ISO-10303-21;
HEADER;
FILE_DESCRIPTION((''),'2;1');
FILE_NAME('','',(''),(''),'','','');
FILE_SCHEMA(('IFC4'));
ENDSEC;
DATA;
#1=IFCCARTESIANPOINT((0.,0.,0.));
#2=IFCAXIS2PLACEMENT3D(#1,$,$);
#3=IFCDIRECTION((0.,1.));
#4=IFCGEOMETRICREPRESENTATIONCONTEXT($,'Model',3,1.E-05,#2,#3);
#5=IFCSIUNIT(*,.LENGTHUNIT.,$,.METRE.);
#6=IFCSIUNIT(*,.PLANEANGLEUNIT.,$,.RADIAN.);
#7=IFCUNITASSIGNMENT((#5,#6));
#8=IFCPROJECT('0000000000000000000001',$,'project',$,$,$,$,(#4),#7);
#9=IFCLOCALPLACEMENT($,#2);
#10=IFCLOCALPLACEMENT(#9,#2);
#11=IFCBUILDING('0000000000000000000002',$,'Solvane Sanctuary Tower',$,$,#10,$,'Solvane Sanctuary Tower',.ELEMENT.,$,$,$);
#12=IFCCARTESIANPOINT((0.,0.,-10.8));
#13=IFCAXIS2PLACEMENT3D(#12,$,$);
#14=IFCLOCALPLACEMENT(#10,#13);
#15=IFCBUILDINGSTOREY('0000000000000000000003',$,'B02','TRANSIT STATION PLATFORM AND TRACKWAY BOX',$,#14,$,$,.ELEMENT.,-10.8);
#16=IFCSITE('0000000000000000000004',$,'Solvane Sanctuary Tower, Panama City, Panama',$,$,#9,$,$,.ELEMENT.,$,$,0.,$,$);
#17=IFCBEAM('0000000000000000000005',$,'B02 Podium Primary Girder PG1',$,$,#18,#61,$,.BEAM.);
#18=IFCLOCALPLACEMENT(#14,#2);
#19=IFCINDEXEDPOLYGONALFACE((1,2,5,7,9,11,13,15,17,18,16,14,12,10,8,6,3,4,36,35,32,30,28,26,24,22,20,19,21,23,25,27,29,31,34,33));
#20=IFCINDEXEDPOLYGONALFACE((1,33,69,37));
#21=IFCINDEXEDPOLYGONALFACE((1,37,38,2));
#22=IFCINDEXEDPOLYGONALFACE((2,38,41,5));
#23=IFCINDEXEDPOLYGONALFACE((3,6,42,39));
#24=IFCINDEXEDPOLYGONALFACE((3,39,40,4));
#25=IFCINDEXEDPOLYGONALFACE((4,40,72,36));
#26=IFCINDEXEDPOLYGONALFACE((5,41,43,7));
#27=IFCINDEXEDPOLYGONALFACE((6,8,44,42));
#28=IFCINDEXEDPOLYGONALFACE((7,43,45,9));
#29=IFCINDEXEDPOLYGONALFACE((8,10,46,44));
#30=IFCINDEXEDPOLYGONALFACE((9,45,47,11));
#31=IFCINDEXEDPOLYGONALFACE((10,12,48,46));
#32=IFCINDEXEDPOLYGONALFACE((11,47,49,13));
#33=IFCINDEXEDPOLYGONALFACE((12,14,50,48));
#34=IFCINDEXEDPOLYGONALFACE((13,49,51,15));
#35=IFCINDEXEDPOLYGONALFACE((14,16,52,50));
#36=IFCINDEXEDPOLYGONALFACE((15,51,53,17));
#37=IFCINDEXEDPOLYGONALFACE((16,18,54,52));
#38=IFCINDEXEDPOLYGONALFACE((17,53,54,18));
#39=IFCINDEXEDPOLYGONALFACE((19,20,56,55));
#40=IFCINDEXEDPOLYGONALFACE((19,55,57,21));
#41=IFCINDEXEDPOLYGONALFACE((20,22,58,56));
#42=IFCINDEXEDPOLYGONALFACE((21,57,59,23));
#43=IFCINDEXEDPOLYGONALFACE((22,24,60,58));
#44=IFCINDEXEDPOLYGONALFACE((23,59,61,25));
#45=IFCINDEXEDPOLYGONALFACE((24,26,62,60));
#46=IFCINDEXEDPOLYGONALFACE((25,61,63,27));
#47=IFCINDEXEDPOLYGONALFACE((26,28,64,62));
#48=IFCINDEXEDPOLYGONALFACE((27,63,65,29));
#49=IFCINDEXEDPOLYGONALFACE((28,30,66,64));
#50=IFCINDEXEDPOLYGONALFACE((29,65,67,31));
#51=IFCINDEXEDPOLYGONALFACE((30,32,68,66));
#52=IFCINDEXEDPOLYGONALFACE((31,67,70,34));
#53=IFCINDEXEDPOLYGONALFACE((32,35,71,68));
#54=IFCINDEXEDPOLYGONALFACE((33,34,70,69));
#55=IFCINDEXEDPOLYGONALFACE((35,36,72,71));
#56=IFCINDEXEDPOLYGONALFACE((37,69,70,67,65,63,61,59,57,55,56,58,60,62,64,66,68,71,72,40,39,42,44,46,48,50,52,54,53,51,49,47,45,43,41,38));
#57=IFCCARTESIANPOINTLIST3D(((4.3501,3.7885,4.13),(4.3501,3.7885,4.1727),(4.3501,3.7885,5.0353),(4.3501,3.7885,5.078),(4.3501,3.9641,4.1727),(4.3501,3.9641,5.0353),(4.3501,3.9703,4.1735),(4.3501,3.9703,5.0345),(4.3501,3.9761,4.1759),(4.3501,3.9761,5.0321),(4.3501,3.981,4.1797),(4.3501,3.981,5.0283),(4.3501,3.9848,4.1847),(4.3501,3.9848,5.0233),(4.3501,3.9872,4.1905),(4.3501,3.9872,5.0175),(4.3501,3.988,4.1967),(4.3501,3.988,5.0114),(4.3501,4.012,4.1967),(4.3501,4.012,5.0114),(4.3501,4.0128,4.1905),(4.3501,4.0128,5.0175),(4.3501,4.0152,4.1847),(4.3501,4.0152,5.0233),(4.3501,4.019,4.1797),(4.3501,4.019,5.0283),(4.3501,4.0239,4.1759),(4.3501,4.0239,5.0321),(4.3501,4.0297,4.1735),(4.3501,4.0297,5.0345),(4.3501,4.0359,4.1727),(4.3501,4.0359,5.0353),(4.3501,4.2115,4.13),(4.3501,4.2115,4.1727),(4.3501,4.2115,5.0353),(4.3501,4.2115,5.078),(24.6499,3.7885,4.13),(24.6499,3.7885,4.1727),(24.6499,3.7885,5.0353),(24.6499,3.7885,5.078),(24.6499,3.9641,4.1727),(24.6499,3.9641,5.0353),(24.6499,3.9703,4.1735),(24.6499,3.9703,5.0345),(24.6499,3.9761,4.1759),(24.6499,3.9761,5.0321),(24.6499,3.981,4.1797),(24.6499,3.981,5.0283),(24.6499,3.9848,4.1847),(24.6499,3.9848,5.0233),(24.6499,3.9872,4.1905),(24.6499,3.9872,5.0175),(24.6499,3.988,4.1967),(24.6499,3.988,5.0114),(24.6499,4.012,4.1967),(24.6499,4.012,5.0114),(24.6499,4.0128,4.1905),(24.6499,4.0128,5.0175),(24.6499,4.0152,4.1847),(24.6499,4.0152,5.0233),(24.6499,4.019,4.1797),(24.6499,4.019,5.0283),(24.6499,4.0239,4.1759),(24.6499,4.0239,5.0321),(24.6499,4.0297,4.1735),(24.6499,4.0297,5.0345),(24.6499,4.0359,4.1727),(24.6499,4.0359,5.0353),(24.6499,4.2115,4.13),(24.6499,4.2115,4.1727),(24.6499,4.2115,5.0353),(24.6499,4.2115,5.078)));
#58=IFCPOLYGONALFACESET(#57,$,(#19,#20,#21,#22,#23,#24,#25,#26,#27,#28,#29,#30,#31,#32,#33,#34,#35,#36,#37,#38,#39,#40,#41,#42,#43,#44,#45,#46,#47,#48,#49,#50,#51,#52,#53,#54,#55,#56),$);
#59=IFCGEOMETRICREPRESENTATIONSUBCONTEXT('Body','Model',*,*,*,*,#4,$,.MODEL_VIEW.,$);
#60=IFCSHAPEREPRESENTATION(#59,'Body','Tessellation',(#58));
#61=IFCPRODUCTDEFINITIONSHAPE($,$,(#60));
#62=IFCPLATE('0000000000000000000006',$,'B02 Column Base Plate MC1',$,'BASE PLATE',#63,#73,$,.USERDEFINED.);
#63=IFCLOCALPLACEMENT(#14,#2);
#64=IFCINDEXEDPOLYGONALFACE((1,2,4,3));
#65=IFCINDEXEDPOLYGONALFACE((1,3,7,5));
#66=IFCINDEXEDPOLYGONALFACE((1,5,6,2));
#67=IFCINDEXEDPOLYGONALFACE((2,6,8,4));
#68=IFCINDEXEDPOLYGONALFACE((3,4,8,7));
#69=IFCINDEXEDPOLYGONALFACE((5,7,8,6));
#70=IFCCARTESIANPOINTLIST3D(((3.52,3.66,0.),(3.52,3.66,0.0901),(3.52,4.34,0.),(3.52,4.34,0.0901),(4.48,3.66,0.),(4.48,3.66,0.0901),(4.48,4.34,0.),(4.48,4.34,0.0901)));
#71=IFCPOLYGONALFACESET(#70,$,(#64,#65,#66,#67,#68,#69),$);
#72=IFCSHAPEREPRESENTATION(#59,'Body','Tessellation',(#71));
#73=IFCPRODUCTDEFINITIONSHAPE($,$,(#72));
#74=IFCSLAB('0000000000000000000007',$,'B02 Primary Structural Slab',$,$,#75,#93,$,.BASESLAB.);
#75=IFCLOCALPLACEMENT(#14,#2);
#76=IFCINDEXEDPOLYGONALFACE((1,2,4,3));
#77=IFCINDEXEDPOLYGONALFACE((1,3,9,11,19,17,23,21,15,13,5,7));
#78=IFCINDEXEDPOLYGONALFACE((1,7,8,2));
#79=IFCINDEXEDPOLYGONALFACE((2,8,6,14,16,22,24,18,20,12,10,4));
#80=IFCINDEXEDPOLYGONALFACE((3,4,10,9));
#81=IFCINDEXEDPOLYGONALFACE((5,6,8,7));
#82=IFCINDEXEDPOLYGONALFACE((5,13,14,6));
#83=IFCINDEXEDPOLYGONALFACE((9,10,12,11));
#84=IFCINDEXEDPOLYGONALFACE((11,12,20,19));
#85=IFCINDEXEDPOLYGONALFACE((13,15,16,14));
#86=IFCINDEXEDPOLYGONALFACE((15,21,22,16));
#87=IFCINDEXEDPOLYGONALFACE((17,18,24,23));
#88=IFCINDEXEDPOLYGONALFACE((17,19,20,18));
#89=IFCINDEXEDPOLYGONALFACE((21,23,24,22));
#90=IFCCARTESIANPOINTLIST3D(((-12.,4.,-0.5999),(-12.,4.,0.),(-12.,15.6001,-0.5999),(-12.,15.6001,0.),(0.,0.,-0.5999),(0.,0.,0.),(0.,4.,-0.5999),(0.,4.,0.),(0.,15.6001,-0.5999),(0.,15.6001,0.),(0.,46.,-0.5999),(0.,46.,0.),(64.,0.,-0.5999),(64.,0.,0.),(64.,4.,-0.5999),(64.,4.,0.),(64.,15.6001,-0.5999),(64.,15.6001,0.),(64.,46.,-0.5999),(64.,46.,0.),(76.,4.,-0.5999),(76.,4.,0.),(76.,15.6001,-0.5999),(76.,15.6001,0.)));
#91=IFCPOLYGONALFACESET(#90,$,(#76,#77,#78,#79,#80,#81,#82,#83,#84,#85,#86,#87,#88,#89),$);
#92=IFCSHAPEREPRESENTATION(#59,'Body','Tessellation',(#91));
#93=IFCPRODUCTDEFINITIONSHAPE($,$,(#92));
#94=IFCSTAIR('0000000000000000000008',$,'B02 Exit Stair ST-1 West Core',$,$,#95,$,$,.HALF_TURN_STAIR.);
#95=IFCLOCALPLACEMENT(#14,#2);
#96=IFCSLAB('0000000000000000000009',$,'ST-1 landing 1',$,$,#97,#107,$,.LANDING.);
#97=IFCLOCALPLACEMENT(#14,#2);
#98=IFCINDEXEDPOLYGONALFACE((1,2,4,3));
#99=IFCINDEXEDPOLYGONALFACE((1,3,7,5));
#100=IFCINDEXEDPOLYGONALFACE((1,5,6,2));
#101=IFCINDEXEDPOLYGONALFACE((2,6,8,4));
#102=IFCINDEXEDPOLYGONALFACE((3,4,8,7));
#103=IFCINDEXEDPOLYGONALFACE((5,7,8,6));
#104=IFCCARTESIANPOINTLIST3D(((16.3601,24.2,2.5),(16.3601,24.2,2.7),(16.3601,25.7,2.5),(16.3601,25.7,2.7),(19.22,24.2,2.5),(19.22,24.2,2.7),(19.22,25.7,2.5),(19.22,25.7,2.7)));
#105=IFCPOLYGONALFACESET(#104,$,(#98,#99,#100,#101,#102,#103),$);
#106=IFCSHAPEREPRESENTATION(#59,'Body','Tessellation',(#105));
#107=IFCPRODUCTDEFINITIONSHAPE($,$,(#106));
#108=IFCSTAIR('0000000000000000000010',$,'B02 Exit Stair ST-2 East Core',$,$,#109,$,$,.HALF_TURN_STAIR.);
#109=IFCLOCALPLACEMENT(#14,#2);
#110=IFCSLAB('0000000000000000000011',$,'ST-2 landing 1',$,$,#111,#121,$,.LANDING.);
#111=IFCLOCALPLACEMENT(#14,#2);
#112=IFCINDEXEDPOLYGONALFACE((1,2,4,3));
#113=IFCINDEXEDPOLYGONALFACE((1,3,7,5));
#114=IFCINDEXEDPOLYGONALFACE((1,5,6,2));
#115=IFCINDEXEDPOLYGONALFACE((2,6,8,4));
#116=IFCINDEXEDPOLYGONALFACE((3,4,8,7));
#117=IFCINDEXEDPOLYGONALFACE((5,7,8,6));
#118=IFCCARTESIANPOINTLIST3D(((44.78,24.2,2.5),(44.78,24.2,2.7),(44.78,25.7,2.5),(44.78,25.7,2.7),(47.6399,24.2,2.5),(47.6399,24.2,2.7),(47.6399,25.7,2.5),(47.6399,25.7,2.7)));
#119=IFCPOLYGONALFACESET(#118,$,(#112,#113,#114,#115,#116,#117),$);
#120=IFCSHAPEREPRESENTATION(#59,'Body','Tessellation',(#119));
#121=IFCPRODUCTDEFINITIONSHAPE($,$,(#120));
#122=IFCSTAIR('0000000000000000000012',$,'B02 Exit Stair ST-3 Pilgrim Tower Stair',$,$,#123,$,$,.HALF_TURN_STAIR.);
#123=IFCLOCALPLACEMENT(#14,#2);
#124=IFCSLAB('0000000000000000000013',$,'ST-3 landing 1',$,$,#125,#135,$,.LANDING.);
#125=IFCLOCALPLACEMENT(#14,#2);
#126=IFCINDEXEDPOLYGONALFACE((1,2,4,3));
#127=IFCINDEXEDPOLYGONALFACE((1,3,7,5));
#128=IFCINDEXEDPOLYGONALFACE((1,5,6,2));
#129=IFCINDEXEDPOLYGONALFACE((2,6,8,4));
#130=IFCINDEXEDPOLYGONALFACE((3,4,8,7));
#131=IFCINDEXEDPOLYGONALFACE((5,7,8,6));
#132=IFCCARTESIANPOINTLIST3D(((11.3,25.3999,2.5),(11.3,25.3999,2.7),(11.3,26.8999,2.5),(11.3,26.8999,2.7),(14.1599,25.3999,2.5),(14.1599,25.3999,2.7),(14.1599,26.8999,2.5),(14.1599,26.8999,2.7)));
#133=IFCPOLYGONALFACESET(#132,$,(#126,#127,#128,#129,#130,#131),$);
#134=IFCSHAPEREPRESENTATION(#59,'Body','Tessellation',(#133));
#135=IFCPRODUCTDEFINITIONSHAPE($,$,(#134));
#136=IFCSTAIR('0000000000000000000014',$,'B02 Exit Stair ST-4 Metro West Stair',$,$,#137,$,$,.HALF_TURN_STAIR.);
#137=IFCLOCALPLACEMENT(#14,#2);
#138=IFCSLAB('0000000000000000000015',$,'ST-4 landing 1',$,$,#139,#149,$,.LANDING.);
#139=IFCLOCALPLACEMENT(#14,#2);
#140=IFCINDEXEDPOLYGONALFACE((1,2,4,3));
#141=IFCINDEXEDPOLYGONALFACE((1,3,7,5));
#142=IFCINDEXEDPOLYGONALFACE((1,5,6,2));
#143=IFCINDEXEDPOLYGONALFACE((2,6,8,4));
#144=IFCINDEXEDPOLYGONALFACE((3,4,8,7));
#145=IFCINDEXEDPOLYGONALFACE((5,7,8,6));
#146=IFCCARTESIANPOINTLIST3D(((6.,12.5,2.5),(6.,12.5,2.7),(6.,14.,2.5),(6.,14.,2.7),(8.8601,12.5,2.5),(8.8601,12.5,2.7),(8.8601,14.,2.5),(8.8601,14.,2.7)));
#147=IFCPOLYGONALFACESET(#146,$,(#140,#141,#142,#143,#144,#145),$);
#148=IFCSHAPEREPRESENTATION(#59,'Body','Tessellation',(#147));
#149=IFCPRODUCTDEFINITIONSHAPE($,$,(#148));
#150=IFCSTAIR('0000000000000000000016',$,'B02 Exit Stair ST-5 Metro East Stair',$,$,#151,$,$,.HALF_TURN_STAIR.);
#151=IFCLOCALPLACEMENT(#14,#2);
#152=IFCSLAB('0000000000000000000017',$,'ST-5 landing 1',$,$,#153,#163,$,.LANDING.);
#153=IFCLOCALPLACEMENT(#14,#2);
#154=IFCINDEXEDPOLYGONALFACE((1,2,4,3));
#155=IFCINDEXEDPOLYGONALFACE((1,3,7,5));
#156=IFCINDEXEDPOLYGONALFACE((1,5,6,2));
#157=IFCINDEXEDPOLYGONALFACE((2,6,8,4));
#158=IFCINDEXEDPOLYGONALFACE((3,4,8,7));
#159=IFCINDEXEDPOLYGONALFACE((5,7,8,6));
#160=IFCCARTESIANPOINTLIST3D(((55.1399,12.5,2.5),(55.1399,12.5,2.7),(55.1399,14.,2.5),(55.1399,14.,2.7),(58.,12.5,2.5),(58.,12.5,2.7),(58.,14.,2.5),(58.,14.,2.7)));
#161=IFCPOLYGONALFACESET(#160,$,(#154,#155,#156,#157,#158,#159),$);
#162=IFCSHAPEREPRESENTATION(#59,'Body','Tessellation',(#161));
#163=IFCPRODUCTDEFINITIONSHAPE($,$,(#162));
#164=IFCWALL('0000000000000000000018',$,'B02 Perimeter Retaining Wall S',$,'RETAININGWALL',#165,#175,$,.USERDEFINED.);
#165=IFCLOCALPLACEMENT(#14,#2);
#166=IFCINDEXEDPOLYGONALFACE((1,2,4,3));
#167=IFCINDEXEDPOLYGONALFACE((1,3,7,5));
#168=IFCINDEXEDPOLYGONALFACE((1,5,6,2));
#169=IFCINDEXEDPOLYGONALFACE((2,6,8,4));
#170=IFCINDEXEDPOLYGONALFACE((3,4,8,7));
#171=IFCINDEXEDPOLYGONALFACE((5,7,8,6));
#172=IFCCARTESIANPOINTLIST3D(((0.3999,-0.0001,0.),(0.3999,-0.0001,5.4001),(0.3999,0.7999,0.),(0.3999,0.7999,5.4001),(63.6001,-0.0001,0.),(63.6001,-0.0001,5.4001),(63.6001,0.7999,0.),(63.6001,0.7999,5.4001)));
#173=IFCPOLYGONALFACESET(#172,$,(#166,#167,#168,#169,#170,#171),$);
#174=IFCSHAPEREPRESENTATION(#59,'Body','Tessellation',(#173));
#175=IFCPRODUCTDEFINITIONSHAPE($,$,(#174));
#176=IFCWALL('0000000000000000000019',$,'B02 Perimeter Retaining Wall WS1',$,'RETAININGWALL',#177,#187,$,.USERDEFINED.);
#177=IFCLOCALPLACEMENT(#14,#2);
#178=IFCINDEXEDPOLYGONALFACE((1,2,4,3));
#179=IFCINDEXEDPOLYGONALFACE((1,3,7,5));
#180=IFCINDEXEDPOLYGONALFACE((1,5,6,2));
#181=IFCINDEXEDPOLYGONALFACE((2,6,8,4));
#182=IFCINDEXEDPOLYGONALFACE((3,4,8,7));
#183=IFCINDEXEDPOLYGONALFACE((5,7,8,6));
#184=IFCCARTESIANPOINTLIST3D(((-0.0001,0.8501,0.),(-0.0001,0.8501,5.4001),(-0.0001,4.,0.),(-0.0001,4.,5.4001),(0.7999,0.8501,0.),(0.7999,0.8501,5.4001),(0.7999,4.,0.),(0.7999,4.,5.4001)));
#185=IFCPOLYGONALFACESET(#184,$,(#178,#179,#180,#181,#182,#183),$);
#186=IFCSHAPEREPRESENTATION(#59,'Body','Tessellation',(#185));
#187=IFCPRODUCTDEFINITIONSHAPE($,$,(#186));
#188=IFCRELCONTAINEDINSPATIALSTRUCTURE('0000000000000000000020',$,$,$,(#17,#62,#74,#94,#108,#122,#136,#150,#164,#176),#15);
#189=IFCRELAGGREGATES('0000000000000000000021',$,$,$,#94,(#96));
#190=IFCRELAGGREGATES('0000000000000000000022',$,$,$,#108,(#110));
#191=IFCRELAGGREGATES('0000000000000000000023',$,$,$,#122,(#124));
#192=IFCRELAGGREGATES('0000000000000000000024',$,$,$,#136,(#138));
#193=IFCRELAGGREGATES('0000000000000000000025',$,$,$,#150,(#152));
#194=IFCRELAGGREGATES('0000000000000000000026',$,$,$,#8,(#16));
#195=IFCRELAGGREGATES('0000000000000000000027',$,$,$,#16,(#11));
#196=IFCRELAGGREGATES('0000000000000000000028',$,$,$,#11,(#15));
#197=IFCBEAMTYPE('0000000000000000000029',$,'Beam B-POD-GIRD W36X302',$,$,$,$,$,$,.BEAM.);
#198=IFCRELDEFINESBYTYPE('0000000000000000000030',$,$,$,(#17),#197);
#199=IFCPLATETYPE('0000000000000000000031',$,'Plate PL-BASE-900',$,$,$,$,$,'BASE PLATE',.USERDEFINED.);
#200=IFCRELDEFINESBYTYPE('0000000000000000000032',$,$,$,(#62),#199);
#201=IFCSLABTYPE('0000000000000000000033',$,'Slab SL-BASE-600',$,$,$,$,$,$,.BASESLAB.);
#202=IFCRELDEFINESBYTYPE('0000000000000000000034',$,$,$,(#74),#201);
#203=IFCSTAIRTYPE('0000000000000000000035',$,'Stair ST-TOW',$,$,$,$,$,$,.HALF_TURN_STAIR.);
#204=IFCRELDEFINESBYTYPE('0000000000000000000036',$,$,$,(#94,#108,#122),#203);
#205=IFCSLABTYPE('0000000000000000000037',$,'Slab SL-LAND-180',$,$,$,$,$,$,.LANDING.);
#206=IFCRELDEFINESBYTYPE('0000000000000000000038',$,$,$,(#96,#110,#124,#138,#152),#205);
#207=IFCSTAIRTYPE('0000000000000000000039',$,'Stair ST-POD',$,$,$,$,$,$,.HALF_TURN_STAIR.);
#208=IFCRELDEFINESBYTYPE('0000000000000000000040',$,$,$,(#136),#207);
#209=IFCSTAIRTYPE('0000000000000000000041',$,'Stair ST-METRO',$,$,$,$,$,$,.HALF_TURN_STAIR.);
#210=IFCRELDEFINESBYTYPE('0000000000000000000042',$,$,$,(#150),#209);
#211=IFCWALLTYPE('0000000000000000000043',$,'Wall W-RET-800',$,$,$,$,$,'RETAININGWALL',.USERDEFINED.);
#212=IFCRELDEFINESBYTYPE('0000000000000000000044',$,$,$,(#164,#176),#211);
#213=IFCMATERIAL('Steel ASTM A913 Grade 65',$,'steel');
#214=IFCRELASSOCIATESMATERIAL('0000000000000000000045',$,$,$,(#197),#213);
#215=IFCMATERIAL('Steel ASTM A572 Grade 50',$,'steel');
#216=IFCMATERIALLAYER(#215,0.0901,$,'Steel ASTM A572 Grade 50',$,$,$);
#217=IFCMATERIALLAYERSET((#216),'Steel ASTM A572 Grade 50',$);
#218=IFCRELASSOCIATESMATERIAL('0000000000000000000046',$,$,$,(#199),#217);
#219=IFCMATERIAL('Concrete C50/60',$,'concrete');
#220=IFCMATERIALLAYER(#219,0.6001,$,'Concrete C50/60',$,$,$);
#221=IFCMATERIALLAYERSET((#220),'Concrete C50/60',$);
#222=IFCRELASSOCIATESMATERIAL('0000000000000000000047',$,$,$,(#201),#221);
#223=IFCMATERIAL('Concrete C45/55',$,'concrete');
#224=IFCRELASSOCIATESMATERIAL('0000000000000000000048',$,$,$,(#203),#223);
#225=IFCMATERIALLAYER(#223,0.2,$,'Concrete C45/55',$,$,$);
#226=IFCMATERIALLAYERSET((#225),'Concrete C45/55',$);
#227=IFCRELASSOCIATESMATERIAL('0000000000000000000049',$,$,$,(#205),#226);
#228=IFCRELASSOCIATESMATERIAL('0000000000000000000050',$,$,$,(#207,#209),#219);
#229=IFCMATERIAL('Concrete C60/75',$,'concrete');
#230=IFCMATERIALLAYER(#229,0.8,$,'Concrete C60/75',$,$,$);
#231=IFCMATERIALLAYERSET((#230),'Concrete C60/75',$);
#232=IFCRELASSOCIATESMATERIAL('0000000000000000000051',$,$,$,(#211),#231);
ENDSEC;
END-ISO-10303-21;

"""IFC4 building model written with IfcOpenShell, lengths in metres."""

from ifc_helpers import new_model, si_unit, direction, frame, frame_2d, origin, origin_2d, place, context, subcontext, project, spatial, polyline, rectangle, i_section, outline, extrude, material, layer, layer_set, material_profile, profile_set, type_object, element, aggregate, save


model = new_model("IFC4")

# Units and contexts
model_context = context("Model", 3, precision=1e-05, world=origin(), true_north=direction((0.0, 1.0)))
body_context = subcontext(model_context, "Body", "Model", "MODEL_VIEW")
ifc_project = project(units=[si_unit("LENGTHUNIT", "METRE"), si_unit("PLANEANGLEUNIT", "RADIAN")], contexts=[model_context])

# Site, building, storey
site_placement = place(None, origin())
site = spatial("IfcSite", under=ifc_project, at=site_placement, Name="Solvane Sanctuary Tower, Panama City, Panama", CompositionType="ELEMENT", RefElevation=0.0)
building_placement = place(site_placement, origin())
building = spatial("IfcBuilding", under=site, at=building_placement, Name="Solvane Sanctuary Tower", LongName="Solvane Sanctuary Tower", CompositionType="ELEMENT")
storey_placement = place(building_placement, frame((0.0, 0.0, -10.8)))
storey = spatial("IfcBuildingStorey", under=building, at=storey_placement, Name="B02", Description="TRANSIT STATION PLATFORM AND TRACKWAY BOX", CompositionType="ELEMENT", Elevation=-10.8)

# Shared definitions
ifc_material_1 = material(Name="Concrete C50/60", Category="concrete")

# Shared definitions
ifc_material_2 = material(Name="Concrete C45/55", Category="concrete")

# Beam
ifc_material_3 = material(Name="Steel ASTM A913 Grade 65", Category="steel")
ifc_material_profile_1 = material_profile(ifc_material_3, i_section(OverallWidth=0.4231, OverallDepth=0.948, WebThickness=0.0239, FlangeThickness=0.0427, FilletRadius=0.0239, at=origin_2d()), Name="W36X302")
ifc_profile_set_1 = profile_set([ifc_material_profile_1], Name="Steel ASTM A913 Grade 65")
beam_type = type_object("IfcBeamType", Name="Beam B-POD-GIRD W36X302", PredefinedType="BEAM", material=ifc_profile_set_1)
beam_placement = place(storey_placement, frame((4.3501, 4.0, 4.604), z_axis=(1.0, 0.0, 0.0), x_axis=(0.0, 1.0, 0.0)))
element("IfcBeam", 1, at=beam_placement, inside=storey, type_object=beam_type, Name="B02 Podium Primary Girder PG1", PredefinedType="BEAM", context=body_context, shape_type="SweptSolid", body=[
    extrude(i_section(OverallWidth=0.4231, OverallDepth=0.948, WebThickness=0.0239, FlangeThickness=0.0427, FilletRadius=0.0239, at=origin_2d()), origin(), (0.0, 0.0, 1.0), 20.2998),
])

# Plate
ifc_material_4 = material(Name="Steel ASTM A572 Grade 50", Category="steel")
ifc_layer_1 = layer(ifc_material_4, 0.0901, Name="Steel ASTM A572 Grade 50")
ifc_layer_set_1 = layer_set([ifc_layer_1], Name="Steel ASTM A572 Grade 50")
plate_type = type_object("IfcPlateType", Name="Plate PL-BASE-900", ElementType="BASE PLATE", PredefinedType="USERDEFINED", material=ifc_layer_set_1)
plate_placement = place(storey_placement, frame((4.0, 4.0, 0.0), z_axis=(0.0, 0.0, 1.0), x_axis=(1.0, 0.0, 0.0)))
element("IfcPlate", 2, at=plate_placement, inside=storey, type_object=plate_type, Name="B02 Column Base Plate MC1", ObjectType="BASE PLATE", PredefinedType="USERDEFINED", context=body_context, shape_type="SweptSolid", body=[
    extrude(rectangle(XDim=0.96, YDim=0.6799, at=origin_2d()), origin(), (0.0, 0.0, 1.0), 0.0901),
])

# Slab
ifc_layer_2 = layer(ifc_material_1, 0.6001, Name="Concrete C50/60")
ifc_layer_set_2 = layer_set([ifc_layer_2], Name="Concrete C50/60")
slab_type_1 = type_object("IfcSlabType", Name="Slab SL-BASE-600", PredefinedType="BASESLAB", material=ifc_layer_set_2)
slab_1_placement = place(storey_placement, frame((0.0, 0.0, -0.5999)))
element("IfcSlab", 3, at=slab_1_placement, inside=storey, type_object=slab_type_1, Name="B02 Primary Structural Slab", PredefinedType="BASESLAB", context=body_context, shape_type="SweptSolid", body=[
    extrude(outline(polyline([(0.0, 0.0), (64.0, 0.0), (64.0, 4.0), (76.0, 4.0), (76.0, 15.6001), (64.0, 15.6001), (64.0, 46.0), (0.0, 46.0), (0.0, 15.6001), (-12.0, 15.6001), (-12.0, 4.0), (0.0, 4.0), (0.0, 0.0)])), origin(), (0.0, 0.0, 1.0), 0.5999),
])

# Stairs, slabs
stair_type_1 = type_object("IfcStairType", Name="Stair ST-TOW", PredefinedType="HALF_TURN_STAIR", material=ifc_material_2)
stair_1_placement = place(storey_placement, origin())
stair_1 = element("IfcStair", 4, at=stair_1_placement, inside=storey, type_object=stair_type_1, Name="B02 Exit Stair ST-1 West Core", PredefinedType="HALF_TURN_STAIR")
ifc_layer_3 = layer(ifc_material_2, 0.2, Name="Concrete C45/55")
ifc_layer_set_3 = layer_set([ifc_layer_3], Name="Concrete C45/55")
slab_type_2 = type_object("IfcSlabType", Name="Slab SL-LAND-180", PredefinedType="LANDING", material=ifc_layer_set_3)
slab_2_placement = place(storey_placement, frame((0.0, 0.0, 2.5)))
slab_2 = element("IfcSlab", 5, at=slab_2_placement, type_object=slab_type_2, Name="ST-1 landing 1", PredefinedType="LANDING", context=body_context, shape_type="SweptSolid", body=[
    extrude(outline(polyline([(19.22, 24.2), (19.22, 25.7), (16.3601, 25.7), (16.3601, 24.2), (19.22, 24.2)])), origin(), (0.0, 0.0, 1.0), 0.2),
])
aggregate(stair_1, [slab_2])
stair_2_placement = place(storey_placement, origin())
stair_2 = element("IfcStair", 6, at=stair_2_placement, inside=storey, type_object=stair_type_1, Name="B02 Exit Stair ST-2 East Core", PredefinedType="HALF_TURN_STAIR")
slab_3_placement = place(storey_placement, frame((0.0, 0.0, 2.5)))
slab_3 = element("IfcSlab", 7, at=slab_3_placement, type_object=slab_type_2, Name="ST-2 landing 1", PredefinedType="LANDING", context=body_context, shape_type="SweptSolid", body=[
    extrude(outline(polyline([(47.6399, 24.2), (47.6399, 25.7), (44.78, 25.7), (44.78, 24.2), (47.6399, 24.2)])), origin(), (0.0, 0.0, 1.0), 0.2),
])
aggregate(stair_2, [slab_3])
stair_3_placement = place(storey_placement, origin())
stair_3 = element("IfcStair", 8, at=stair_3_placement, inside=storey, type_object=stair_type_1, Name="B02 Exit Stair ST-3 Pilgrim Tower Stair", PredefinedType="HALF_TURN_STAIR")
slab_4_placement = place(storey_placement, frame((0.0, 0.0, 2.5)))
slab_4 = element("IfcSlab", 9, at=slab_4_placement, type_object=slab_type_2, Name="ST-3 landing 1", PredefinedType="LANDING", context=body_context, shape_type="SweptSolid", body=[
    extrude(outline(polyline([(14.1599, 25.3999), (14.1599, 26.8999), (11.3, 26.8999), (11.3, 25.3999), (14.1599, 25.3999)])), origin(), (0.0, 0.0, 1.0), 0.2),
])
aggregate(stair_3, [slab_4])
stair_type_2 = type_object("IfcStairType", Name="Stair ST-POD", PredefinedType="HALF_TURN_STAIR", material=ifc_material_1)
stair_4_placement = place(storey_placement, origin())
stair_4 = element("IfcStair", 10, at=stair_4_placement, inside=storey, type_object=stair_type_2, Name="B02 Exit Stair ST-4 Metro West Stair", PredefinedType="HALF_TURN_STAIR")
slab_5_placement = place(storey_placement, frame((0.0, 0.0, 2.5)))
slab_5 = element("IfcSlab", 11, at=slab_5_placement, type_object=slab_type_2, Name="ST-4 landing 1", PredefinedType="LANDING", context=body_context, shape_type="SweptSolid", body=[
    extrude(outline(polyline([(8.8601, 12.5), (8.8601, 14.0), (6.0, 14.0), (6.0, 12.5), (8.8601, 12.5)])), origin(), (0.0, 0.0, 1.0), 0.2),
])
aggregate(stair_4, [slab_5])
stair_type_3 = type_object("IfcStairType", Name="Stair ST-METRO", PredefinedType="HALF_TURN_STAIR", material=ifc_material_1)
stair_5_placement = place(storey_placement, origin())
stair_5 = element("IfcStair", 12, at=stair_5_placement, inside=storey, type_object=stair_type_3, Name="B02 Exit Stair ST-5 Metro East Stair", PredefinedType="HALF_TURN_STAIR")
slab_6_placement = place(storey_placement, frame((0.0, 0.0, 2.5)))
slab_6 = element("IfcSlab", 13, at=slab_6_placement, type_object=slab_type_2, Name="ST-5 landing 1", PredefinedType="LANDING", context=body_context, shape_type="SweptSolid", body=[
    extrude(outline(polyline([(58.0, 12.5), (58.0, 14.0), (55.1399, 14.0), (55.1399, 12.5), (58.0, 12.5)])), origin(), (0.0, 0.0, 1.0), 0.2),
])
aggregate(stair_5, [slab_6])

# Walls
ifc_material_5 = material(Name="Concrete C60/75", Category="concrete")
ifc_layer_4 = layer(ifc_material_5, 0.8, Name="Concrete C60/75")
ifc_layer_set_4 = layer_set([ifc_layer_4], Name="Concrete C60/75")
wall_type_1 = type_object("IfcWallType", Name="Wall W-RET-800", ElementType="RETAININGWALL", PredefinedType="USERDEFINED", material=ifc_layer_set_4)
wall_1_placement = place(storey_placement, frame((0.3999, 0.3999, 0.0), z_axis=(0.0, 0.0, 1.0), x_axis=(1.0, 0.0, 0.0)))
element("IfcWall", 14, at=wall_1_placement, inside=storey, type_object=wall_type_1, Name="B02 Perimeter Retaining Wall S", ObjectType="RETAININGWALL", PredefinedType="USERDEFINED", context=body_context, shape_type="SweptSolid", body=[
    extrude(rectangle(XDim=63.2002, YDim=0.8, at=frame_2d((31.6001, 0.0))), origin(), (0.0, 0.0, 1.0), 5.4001),
])
wall_2_placement = place(storey_placement, frame((0.3999, 4.0, 0.0), z_axis=(0.0, 0.0, 1.0), x_axis=(0.0, -1.0, 0.0)))
element("IfcWall", 15, at=wall_2_placement, inside=storey, type_object=wall_type_1, Name="B02 Perimeter Retaining Wall WS1", ObjectType="RETAININGWALL", PredefinedType="USERDEFINED", context=body_context, shape_type="SweptSolid", body=[
    extrude(rectangle(XDim=3.1499, YDim=0.8, at=frame_2d((1.575, 0.0))), origin(), (0.0, 0.0, 1.0), 5.4001),
])

save(model, "model.ifc")
